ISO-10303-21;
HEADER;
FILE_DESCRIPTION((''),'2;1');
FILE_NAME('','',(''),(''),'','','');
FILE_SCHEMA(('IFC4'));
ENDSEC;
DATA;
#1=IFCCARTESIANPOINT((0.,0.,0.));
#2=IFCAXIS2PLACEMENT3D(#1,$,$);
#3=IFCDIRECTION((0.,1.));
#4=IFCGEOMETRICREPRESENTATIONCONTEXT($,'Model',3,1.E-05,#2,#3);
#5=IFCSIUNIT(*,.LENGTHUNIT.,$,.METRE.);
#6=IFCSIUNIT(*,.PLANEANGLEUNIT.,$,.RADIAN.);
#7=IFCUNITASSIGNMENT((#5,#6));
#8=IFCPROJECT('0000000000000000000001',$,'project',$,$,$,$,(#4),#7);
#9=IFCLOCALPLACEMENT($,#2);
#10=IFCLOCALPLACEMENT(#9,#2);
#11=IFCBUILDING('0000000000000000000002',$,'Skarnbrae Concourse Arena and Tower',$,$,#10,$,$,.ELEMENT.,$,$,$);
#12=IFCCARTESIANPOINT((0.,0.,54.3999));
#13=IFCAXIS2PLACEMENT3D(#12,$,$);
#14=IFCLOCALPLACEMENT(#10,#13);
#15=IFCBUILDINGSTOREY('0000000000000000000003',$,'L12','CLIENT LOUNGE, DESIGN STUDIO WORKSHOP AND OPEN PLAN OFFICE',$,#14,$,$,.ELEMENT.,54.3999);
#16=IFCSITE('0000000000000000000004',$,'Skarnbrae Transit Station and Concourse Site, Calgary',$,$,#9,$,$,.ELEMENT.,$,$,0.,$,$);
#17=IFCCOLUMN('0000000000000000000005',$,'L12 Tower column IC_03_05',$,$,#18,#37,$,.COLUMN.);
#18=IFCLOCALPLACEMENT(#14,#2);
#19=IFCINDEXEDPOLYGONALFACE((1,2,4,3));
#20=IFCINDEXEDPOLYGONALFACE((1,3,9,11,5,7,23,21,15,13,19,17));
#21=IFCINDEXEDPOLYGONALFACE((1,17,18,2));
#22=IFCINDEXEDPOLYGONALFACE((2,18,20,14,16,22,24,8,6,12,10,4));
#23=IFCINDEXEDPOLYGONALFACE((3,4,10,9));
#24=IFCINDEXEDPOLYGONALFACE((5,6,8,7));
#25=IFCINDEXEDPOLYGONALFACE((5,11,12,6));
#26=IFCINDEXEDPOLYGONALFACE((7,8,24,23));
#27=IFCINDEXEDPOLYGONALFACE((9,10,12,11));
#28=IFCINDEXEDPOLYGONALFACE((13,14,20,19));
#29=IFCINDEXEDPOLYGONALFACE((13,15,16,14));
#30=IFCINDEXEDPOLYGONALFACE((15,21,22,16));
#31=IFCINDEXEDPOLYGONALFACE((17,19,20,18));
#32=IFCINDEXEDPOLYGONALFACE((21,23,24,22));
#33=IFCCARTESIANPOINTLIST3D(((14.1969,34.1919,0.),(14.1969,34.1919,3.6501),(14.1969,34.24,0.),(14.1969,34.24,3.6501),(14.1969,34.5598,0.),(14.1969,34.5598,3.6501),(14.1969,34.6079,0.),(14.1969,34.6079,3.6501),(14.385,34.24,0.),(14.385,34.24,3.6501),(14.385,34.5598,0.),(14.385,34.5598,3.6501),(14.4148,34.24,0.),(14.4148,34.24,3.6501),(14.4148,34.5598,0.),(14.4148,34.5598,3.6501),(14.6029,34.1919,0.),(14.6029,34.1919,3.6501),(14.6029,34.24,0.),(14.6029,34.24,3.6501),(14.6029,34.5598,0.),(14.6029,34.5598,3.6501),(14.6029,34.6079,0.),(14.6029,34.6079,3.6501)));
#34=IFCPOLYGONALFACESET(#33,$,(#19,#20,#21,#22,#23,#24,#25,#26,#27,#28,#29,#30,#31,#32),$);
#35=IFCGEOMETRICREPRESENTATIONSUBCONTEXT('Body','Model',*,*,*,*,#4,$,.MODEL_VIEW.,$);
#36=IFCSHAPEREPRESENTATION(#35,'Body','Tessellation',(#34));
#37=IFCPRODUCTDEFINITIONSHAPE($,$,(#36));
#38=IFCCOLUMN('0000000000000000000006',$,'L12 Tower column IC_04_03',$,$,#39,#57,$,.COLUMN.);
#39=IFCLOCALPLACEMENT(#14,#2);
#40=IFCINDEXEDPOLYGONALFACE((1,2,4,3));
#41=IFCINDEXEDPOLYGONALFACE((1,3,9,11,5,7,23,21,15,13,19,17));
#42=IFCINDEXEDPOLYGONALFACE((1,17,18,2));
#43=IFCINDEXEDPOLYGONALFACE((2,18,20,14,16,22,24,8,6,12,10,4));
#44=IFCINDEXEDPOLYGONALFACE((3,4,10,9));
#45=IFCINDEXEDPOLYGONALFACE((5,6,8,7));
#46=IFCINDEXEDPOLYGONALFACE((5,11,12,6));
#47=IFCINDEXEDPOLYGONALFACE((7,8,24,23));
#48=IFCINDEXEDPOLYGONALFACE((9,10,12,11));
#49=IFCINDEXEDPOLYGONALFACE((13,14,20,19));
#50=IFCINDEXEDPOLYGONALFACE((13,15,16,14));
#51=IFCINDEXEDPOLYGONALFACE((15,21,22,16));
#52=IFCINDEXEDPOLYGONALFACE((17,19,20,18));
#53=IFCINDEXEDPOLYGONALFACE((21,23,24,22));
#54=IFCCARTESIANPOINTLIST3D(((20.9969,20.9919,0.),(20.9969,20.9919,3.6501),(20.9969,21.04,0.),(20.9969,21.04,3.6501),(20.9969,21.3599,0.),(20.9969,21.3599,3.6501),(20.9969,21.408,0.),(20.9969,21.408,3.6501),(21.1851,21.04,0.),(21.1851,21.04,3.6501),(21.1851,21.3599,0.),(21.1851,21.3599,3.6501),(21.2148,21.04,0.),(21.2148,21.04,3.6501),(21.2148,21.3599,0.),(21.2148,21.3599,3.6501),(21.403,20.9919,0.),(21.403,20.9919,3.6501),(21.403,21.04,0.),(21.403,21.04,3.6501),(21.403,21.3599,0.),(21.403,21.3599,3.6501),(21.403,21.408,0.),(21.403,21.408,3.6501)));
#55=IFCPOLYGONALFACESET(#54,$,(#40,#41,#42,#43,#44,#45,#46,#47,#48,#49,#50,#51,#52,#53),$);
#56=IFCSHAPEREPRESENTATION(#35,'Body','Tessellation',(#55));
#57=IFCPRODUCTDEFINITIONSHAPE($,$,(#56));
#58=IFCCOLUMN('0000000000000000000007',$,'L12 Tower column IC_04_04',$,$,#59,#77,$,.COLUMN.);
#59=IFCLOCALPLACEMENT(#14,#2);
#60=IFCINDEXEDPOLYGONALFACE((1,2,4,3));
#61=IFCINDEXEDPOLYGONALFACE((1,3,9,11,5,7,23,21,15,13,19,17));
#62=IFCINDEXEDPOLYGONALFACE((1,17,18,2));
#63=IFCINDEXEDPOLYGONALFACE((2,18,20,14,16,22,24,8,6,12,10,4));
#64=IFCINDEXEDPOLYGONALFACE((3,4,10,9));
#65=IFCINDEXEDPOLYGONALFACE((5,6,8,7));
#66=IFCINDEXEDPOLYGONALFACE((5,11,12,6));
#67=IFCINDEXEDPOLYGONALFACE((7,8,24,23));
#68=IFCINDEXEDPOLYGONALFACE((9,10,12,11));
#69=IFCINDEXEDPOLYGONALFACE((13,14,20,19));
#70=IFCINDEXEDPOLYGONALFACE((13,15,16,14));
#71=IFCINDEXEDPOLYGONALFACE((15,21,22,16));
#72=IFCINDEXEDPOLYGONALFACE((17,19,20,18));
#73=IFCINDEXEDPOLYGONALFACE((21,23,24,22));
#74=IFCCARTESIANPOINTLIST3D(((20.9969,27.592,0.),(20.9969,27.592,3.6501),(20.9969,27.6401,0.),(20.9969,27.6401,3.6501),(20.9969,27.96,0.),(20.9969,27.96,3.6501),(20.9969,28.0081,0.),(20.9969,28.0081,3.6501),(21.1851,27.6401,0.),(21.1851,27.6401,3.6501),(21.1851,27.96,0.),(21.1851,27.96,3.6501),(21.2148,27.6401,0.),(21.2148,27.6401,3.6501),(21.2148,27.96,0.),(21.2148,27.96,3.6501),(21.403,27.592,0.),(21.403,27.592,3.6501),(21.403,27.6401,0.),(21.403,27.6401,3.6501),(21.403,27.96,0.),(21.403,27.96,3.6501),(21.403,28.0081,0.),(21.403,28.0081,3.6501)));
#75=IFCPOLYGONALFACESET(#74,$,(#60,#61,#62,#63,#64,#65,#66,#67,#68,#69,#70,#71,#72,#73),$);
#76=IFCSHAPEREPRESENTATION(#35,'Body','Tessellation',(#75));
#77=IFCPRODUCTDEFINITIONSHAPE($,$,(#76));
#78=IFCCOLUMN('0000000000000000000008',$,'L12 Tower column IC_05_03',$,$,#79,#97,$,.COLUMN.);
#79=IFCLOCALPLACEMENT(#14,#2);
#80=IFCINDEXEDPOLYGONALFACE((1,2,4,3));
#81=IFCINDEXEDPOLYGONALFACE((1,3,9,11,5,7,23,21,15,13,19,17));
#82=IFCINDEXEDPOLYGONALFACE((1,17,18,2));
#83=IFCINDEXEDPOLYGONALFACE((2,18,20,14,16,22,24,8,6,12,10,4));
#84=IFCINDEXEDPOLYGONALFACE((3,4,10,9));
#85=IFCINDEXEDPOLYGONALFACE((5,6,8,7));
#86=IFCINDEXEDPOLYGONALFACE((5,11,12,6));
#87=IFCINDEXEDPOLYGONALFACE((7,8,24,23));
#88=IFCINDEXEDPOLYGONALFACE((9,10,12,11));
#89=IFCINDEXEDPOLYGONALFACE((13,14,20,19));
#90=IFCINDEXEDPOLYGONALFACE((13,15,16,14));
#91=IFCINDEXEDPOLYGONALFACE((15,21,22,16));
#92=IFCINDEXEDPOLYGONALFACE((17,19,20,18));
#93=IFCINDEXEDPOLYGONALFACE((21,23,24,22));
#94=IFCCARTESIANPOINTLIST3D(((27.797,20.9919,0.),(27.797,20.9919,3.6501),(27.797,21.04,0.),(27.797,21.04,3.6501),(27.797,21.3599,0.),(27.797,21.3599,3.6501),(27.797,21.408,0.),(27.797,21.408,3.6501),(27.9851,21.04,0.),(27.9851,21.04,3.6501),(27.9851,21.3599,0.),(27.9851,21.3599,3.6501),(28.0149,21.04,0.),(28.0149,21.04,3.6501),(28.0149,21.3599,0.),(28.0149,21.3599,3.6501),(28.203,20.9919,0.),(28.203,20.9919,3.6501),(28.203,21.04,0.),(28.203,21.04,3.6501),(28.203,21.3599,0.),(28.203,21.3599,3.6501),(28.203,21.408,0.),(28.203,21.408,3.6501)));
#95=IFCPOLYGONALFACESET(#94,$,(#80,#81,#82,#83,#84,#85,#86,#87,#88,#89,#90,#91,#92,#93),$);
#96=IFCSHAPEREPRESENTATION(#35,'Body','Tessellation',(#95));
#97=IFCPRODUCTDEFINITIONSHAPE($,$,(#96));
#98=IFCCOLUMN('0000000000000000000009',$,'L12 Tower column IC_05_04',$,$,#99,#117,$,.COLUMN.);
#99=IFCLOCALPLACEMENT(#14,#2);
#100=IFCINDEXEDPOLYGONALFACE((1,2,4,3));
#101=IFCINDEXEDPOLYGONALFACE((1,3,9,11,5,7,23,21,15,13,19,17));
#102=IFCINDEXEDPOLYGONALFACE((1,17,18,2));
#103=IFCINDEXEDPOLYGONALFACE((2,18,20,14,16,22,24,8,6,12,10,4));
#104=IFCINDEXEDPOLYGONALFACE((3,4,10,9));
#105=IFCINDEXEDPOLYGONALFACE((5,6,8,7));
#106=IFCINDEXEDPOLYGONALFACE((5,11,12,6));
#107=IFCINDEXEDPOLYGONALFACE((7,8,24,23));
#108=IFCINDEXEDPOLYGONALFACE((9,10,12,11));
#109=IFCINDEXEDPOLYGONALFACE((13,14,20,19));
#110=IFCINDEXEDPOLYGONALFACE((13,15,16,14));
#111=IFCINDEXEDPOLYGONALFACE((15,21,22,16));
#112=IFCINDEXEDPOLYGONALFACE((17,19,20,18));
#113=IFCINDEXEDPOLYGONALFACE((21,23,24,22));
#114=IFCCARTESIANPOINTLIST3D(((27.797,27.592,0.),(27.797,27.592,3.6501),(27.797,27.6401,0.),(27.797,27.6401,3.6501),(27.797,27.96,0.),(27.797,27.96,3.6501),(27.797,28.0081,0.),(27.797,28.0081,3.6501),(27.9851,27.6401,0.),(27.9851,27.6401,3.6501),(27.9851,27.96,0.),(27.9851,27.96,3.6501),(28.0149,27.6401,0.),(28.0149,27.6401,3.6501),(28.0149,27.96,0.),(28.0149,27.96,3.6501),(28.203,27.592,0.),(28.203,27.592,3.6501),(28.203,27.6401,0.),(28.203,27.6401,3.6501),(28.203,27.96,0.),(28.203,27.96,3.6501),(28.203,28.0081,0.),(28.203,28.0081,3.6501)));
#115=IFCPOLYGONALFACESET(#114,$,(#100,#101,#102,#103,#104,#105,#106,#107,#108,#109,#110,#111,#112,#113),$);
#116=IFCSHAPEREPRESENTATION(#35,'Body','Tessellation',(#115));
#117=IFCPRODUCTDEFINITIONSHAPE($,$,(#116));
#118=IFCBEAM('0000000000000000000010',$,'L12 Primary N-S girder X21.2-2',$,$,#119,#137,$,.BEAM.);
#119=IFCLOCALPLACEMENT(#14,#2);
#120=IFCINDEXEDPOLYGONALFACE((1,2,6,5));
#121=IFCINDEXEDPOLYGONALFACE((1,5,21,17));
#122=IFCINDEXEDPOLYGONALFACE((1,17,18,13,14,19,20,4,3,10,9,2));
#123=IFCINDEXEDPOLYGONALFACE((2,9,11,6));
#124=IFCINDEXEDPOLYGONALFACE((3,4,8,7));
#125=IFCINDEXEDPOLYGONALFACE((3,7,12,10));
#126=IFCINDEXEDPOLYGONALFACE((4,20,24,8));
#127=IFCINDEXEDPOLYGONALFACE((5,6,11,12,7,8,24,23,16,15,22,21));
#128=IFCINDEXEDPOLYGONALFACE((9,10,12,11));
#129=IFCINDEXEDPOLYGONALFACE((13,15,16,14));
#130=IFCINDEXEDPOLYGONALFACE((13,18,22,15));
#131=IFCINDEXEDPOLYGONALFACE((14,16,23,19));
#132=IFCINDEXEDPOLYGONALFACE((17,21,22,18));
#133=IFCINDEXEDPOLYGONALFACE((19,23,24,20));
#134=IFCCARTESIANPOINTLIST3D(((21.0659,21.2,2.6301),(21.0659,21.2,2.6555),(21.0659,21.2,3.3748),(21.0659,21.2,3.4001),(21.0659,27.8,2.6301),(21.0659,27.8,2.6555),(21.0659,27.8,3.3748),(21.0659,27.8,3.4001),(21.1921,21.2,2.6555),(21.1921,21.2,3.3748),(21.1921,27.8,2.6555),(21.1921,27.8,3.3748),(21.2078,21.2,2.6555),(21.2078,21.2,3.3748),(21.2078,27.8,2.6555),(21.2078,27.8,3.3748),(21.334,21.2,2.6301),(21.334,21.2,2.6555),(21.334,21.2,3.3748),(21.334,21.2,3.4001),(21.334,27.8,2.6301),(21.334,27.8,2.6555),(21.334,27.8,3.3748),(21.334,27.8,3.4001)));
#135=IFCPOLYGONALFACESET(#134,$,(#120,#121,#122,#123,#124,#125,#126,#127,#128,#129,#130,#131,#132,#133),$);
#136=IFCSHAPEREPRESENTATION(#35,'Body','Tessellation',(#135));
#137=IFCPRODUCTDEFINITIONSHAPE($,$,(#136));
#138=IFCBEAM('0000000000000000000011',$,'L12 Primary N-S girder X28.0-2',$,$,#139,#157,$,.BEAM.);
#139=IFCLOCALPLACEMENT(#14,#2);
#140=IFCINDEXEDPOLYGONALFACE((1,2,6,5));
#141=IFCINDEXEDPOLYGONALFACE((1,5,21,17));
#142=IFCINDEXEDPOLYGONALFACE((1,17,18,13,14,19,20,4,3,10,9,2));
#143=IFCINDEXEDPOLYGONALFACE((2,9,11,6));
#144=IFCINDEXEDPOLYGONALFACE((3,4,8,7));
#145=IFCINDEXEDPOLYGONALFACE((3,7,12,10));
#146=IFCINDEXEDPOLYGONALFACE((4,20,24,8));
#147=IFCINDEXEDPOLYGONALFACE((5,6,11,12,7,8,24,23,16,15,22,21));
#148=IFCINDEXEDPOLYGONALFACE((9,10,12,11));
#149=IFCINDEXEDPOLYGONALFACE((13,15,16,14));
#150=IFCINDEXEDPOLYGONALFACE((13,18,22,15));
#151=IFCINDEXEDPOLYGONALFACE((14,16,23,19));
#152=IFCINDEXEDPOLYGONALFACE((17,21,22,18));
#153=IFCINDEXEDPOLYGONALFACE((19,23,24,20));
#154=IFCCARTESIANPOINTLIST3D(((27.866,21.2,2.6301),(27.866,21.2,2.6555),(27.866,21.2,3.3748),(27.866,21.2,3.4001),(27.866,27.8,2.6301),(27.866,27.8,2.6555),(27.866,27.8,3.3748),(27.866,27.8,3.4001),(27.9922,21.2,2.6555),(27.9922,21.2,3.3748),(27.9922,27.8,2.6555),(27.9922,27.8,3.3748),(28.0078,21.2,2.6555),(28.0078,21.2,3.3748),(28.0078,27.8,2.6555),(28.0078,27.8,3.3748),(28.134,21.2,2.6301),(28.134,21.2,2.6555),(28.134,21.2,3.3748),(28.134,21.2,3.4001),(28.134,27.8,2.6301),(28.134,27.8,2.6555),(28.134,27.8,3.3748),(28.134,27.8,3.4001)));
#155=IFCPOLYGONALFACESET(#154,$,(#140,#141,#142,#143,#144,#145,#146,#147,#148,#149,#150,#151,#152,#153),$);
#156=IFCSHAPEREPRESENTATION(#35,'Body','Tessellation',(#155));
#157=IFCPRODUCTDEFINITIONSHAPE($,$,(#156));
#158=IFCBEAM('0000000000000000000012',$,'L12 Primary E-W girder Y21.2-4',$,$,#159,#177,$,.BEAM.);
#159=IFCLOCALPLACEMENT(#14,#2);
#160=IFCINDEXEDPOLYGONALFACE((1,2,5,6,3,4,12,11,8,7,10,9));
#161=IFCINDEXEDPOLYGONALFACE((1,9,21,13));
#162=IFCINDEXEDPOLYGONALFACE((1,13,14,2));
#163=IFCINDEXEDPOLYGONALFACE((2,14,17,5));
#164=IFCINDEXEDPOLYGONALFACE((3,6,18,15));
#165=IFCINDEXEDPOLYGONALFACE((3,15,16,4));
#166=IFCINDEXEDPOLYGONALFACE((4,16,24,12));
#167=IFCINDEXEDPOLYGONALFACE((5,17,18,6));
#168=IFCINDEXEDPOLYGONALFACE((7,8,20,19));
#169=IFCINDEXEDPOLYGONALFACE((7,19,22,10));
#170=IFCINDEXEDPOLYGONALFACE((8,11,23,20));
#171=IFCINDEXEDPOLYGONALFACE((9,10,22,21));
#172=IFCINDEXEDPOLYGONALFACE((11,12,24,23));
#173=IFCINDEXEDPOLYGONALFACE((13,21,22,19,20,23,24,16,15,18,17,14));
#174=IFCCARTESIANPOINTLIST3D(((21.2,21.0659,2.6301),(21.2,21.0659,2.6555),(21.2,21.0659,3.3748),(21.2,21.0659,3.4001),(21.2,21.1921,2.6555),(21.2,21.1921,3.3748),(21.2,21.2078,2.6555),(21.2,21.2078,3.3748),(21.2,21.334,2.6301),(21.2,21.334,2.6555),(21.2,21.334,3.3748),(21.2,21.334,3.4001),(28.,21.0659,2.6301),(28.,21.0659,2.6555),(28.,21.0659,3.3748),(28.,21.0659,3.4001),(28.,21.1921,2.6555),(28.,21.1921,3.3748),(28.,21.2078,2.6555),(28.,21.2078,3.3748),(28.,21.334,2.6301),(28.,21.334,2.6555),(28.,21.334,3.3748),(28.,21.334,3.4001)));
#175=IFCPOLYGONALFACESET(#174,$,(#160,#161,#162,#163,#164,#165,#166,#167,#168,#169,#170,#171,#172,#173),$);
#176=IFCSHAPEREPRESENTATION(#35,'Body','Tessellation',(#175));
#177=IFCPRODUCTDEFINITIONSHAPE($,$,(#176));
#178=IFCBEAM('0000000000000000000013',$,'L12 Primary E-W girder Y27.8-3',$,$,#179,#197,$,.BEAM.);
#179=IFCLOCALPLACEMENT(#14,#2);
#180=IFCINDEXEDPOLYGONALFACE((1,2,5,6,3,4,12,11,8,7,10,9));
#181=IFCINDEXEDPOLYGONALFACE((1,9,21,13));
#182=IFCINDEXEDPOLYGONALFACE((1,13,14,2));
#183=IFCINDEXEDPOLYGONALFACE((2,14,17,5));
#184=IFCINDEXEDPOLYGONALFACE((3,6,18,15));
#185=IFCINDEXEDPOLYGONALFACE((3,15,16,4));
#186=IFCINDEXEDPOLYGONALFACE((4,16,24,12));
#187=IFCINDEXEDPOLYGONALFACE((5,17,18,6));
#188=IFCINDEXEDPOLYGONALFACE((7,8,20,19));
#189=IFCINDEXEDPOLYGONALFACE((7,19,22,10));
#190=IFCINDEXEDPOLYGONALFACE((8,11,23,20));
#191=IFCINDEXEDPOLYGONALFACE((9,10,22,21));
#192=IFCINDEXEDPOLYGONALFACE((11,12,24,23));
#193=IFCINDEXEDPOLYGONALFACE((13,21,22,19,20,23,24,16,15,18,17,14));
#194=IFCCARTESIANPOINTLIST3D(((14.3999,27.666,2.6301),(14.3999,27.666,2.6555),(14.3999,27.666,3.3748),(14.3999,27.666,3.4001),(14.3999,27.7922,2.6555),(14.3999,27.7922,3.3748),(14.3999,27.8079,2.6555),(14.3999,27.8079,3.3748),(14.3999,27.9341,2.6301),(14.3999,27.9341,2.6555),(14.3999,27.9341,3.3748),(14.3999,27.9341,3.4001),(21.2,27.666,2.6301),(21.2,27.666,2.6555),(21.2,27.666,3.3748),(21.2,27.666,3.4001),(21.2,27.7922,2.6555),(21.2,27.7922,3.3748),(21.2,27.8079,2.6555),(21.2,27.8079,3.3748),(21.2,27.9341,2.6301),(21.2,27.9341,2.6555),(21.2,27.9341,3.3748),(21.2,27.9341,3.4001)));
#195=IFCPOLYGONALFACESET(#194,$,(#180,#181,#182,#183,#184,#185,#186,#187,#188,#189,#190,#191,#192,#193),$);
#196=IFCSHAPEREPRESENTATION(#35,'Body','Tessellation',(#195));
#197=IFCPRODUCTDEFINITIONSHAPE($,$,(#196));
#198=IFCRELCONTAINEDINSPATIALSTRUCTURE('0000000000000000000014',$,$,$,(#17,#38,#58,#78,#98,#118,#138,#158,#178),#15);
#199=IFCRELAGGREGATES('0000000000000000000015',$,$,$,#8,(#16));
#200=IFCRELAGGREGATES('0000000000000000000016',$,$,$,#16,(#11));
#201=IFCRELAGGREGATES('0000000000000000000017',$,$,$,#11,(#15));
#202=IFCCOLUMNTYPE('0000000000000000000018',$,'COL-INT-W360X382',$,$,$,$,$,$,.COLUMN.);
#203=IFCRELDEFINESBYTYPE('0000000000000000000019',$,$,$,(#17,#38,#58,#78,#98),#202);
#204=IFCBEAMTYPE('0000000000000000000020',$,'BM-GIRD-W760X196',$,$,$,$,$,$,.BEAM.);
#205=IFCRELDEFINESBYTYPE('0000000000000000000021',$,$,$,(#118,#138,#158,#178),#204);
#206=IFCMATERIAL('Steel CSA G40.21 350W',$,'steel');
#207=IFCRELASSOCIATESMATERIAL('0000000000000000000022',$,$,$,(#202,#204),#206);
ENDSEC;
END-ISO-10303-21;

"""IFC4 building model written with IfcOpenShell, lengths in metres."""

from ifc_helpers import new_model, si_unit, direction, frame, origin, origin_2d, place, context, subcontext, project, spatial, i_section, extrude, source, transform, mapped, material, material_profile, profile_set, type_object, element, save


model = new_model("IFC4")

# Units and contexts
model_context = context("Model", 3, precision=1e-05, world=origin(), true_north=direction((0.0, 1.0)))
body_context = subcontext(model_context, "Body", "Model", "MODEL_VIEW")
ifc_project = project(units=[si_unit("LENGTHUNIT", "METRE"), si_unit("PLANEANGLEUNIT", "RADIAN")], contexts=[model_context])

# Site, building, storey
site_placement = place(None, origin())
site = spatial("IfcSite", under=ifc_project, at=site_placement, Name="Skarnbrae Transit Station and Concourse Site, Calgary", CompositionType="ELEMENT", RefElevation=0.0)
building_placement = place(site_placement, origin())
building = spatial("IfcBuilding", under=site, at=building_placement, Name="Skarnbrae Concourse Arena and Tower", CompositionType="ELEMENT")
storey_placement = place(building_placement, frame((0.0, 0.0, 54.3999)))
storey = spatial("IfcBuildingStorey", under=building, at=storey_placement, Name="L12", Description="CLIENT LOUNGE, DESIGN STUDIO WORKSHOP AND OPEN PLAN OFFICE", CompositionType="ELEMENT", Elevation=54.3999)

# Columns
ifc_material_1 = material(Name="Steel CSA G40.21 350W", Category="steel")
ifc_material_profile_1 = material_profile(ifc_material_1, i_section(OverallWidth=0.406, OverallDepth=0.416, WebThickness=0.0298, FlangeThickness=0.0481, at=origin_2d()), Name="W360X382")
ifc_profile_set_1 = profile_set([ifc_material_profile_1], Name="Steel CSA G40.21 350W")
column_type = type_object("IfcColumnType", Name="COL-INT-W360X382", PredefinedType="COLUMN", material=ifc_profile_set_1)
shared_shape_1 = source(origin(), body_context, "Body", "SweptSolid", [
    extrude(i_section(OverallWidth=0.406, OverallDepth=0.416, WebThickness=0.0298, FlangeThickness=0.0481, at=origin_2d()), origin(), (0.0, 0.0, 1.0), 3.6501),
])
for number, where, z_axis, x_axis, name in (
    (1, (14.3999, 34.3999, 0.0), (0.0, 0.0, 1.0), (1.0, 0.0, 0.0), "L12 Tower column IC_03_05"),
    (2, (21.2, 21.2, 0.0), (0.0, 0.0, 1.0), (1.0, 0.0, 0.0), "L12 Tower column IC_04_03"),
    (3, (21.2, 27.8, 0.0), (0.0, 0.0, 1.0), (1.0, 0.0, 0.0), "L12 Tower column IC_04_04"),
    (4, (28.0, 21.2, 0.0), (0.0, 0.0, 1.0), (1.0, 0.0, 0.0), "L12 Tower column IC_05_03"),
    (5, (28.0, 27.8, 0.0), (0.0, 0.0, 1.0), (1.0, 0.0, 0.0), "L12 Tower column IC_05_04"),
):
    element("IfcColumn", number, at=place(storey_placement, frame(where, z_axis=z_axis, x_axis=x_axis)), inside=storey, type_object=column_type, Name=name, PredefinedType="COLUMN", context=body_context, shape_type="MappedRepresentation", body=[
        mapped(shared_shape_1, transform((0.0, 0.0, 0.0))),
    ])

# Beams
ifc_material_profile_2 = material_profile(ifc_material_1, i_section(OverallWidth=0.2681, OverallDepth=0.77, WebThickness=0.0156, FlangeThickness=0.0254, at=origin_2d()), Name="W760X196")
ifc_profile_set_2 = profile_set([ifc_material_profile_2], Name="Steel CSA G40.21 350W")
beam_type_1 = type_object("IfcBeamType", Name="BM-GIRD-W760X196", PredefinedType="BEAM", material=ifc_profile_set_2)
shared_shape_2 = source(origin(), body_context, "Body", "SweptSolid", [
    extrude(i_section(OverallWidth=0.2681, OverallDepth=0.77, WebThickness=0.0156, FlangeThickness=0.0254, at=origin_2d()), origin(), (0.0, 0.0, 1.0), 6.6001),
])
for number, where, z_axis, x_axis, name in (
    (6, (21.2, 21.2, 3.0151), (0.0, 1.0, 0.0), (-1.0, 0.0, 0.0), "L12 Primary N-S girder X21.2-2"),
    (7, (28.0, 21.2, 3.0151), (0.0, 1.0, 0.0), (-1.0, 0.0, 0.0), "L12 Primary N-S girder X28.0-2"),
):
    element("IfcBeam", number, at=place(storey_placement, frame(where, z_axis=z_axis, x_axis=x_axis)), inside=storey, type_object=beam_type_1, Name=name, PredefinedType="BEAM", context=body_context, shape_type="MappedRepresentation", body=[
        mapped(shared_shape_2, transform((0.0, 0.0, 0.0))),
    ])
shared_shape_3 = source(origin(), body_context, "Body", "SweptSolid", [
    extrude(i_section(OverallWidth=0.2681, OverallDepth=0.77, WebThickness=0.0156, FlangeThickness=0.0254, at=origin_2d()), origin(), (0.0, 0.0, 1.0), 6.8),
])
for number, where, z_axis, x_axis, name in (
    (8, (21.2, 21.2, 3.0151), (1.0, 0.0, 0.0), (0.0, 1.0, 0.0), "L12 Primary E-W girder Y21.2-4"),
    (9, (14.3999, 27.8, 3.0151), (1.0, 0.0, 0.0), (0.0, 1.0, 0.0), "L12 Primary E-W girder Y27.8-3"),
):
    element("IfcBeam", number, at=place(storey_placement, frame(where, z_axis=z_axis, x_axis=x_axis)), inside=storey, type_object=beam_type_1, Name=name, PredefinedType="BEAM", context=body_context, shape_type="MappedRepresentation", body=[
        mapped(shared_shape_3, transform((0.0, 0.0, 0.0))),
    ])

save(model, "model.ifc")
